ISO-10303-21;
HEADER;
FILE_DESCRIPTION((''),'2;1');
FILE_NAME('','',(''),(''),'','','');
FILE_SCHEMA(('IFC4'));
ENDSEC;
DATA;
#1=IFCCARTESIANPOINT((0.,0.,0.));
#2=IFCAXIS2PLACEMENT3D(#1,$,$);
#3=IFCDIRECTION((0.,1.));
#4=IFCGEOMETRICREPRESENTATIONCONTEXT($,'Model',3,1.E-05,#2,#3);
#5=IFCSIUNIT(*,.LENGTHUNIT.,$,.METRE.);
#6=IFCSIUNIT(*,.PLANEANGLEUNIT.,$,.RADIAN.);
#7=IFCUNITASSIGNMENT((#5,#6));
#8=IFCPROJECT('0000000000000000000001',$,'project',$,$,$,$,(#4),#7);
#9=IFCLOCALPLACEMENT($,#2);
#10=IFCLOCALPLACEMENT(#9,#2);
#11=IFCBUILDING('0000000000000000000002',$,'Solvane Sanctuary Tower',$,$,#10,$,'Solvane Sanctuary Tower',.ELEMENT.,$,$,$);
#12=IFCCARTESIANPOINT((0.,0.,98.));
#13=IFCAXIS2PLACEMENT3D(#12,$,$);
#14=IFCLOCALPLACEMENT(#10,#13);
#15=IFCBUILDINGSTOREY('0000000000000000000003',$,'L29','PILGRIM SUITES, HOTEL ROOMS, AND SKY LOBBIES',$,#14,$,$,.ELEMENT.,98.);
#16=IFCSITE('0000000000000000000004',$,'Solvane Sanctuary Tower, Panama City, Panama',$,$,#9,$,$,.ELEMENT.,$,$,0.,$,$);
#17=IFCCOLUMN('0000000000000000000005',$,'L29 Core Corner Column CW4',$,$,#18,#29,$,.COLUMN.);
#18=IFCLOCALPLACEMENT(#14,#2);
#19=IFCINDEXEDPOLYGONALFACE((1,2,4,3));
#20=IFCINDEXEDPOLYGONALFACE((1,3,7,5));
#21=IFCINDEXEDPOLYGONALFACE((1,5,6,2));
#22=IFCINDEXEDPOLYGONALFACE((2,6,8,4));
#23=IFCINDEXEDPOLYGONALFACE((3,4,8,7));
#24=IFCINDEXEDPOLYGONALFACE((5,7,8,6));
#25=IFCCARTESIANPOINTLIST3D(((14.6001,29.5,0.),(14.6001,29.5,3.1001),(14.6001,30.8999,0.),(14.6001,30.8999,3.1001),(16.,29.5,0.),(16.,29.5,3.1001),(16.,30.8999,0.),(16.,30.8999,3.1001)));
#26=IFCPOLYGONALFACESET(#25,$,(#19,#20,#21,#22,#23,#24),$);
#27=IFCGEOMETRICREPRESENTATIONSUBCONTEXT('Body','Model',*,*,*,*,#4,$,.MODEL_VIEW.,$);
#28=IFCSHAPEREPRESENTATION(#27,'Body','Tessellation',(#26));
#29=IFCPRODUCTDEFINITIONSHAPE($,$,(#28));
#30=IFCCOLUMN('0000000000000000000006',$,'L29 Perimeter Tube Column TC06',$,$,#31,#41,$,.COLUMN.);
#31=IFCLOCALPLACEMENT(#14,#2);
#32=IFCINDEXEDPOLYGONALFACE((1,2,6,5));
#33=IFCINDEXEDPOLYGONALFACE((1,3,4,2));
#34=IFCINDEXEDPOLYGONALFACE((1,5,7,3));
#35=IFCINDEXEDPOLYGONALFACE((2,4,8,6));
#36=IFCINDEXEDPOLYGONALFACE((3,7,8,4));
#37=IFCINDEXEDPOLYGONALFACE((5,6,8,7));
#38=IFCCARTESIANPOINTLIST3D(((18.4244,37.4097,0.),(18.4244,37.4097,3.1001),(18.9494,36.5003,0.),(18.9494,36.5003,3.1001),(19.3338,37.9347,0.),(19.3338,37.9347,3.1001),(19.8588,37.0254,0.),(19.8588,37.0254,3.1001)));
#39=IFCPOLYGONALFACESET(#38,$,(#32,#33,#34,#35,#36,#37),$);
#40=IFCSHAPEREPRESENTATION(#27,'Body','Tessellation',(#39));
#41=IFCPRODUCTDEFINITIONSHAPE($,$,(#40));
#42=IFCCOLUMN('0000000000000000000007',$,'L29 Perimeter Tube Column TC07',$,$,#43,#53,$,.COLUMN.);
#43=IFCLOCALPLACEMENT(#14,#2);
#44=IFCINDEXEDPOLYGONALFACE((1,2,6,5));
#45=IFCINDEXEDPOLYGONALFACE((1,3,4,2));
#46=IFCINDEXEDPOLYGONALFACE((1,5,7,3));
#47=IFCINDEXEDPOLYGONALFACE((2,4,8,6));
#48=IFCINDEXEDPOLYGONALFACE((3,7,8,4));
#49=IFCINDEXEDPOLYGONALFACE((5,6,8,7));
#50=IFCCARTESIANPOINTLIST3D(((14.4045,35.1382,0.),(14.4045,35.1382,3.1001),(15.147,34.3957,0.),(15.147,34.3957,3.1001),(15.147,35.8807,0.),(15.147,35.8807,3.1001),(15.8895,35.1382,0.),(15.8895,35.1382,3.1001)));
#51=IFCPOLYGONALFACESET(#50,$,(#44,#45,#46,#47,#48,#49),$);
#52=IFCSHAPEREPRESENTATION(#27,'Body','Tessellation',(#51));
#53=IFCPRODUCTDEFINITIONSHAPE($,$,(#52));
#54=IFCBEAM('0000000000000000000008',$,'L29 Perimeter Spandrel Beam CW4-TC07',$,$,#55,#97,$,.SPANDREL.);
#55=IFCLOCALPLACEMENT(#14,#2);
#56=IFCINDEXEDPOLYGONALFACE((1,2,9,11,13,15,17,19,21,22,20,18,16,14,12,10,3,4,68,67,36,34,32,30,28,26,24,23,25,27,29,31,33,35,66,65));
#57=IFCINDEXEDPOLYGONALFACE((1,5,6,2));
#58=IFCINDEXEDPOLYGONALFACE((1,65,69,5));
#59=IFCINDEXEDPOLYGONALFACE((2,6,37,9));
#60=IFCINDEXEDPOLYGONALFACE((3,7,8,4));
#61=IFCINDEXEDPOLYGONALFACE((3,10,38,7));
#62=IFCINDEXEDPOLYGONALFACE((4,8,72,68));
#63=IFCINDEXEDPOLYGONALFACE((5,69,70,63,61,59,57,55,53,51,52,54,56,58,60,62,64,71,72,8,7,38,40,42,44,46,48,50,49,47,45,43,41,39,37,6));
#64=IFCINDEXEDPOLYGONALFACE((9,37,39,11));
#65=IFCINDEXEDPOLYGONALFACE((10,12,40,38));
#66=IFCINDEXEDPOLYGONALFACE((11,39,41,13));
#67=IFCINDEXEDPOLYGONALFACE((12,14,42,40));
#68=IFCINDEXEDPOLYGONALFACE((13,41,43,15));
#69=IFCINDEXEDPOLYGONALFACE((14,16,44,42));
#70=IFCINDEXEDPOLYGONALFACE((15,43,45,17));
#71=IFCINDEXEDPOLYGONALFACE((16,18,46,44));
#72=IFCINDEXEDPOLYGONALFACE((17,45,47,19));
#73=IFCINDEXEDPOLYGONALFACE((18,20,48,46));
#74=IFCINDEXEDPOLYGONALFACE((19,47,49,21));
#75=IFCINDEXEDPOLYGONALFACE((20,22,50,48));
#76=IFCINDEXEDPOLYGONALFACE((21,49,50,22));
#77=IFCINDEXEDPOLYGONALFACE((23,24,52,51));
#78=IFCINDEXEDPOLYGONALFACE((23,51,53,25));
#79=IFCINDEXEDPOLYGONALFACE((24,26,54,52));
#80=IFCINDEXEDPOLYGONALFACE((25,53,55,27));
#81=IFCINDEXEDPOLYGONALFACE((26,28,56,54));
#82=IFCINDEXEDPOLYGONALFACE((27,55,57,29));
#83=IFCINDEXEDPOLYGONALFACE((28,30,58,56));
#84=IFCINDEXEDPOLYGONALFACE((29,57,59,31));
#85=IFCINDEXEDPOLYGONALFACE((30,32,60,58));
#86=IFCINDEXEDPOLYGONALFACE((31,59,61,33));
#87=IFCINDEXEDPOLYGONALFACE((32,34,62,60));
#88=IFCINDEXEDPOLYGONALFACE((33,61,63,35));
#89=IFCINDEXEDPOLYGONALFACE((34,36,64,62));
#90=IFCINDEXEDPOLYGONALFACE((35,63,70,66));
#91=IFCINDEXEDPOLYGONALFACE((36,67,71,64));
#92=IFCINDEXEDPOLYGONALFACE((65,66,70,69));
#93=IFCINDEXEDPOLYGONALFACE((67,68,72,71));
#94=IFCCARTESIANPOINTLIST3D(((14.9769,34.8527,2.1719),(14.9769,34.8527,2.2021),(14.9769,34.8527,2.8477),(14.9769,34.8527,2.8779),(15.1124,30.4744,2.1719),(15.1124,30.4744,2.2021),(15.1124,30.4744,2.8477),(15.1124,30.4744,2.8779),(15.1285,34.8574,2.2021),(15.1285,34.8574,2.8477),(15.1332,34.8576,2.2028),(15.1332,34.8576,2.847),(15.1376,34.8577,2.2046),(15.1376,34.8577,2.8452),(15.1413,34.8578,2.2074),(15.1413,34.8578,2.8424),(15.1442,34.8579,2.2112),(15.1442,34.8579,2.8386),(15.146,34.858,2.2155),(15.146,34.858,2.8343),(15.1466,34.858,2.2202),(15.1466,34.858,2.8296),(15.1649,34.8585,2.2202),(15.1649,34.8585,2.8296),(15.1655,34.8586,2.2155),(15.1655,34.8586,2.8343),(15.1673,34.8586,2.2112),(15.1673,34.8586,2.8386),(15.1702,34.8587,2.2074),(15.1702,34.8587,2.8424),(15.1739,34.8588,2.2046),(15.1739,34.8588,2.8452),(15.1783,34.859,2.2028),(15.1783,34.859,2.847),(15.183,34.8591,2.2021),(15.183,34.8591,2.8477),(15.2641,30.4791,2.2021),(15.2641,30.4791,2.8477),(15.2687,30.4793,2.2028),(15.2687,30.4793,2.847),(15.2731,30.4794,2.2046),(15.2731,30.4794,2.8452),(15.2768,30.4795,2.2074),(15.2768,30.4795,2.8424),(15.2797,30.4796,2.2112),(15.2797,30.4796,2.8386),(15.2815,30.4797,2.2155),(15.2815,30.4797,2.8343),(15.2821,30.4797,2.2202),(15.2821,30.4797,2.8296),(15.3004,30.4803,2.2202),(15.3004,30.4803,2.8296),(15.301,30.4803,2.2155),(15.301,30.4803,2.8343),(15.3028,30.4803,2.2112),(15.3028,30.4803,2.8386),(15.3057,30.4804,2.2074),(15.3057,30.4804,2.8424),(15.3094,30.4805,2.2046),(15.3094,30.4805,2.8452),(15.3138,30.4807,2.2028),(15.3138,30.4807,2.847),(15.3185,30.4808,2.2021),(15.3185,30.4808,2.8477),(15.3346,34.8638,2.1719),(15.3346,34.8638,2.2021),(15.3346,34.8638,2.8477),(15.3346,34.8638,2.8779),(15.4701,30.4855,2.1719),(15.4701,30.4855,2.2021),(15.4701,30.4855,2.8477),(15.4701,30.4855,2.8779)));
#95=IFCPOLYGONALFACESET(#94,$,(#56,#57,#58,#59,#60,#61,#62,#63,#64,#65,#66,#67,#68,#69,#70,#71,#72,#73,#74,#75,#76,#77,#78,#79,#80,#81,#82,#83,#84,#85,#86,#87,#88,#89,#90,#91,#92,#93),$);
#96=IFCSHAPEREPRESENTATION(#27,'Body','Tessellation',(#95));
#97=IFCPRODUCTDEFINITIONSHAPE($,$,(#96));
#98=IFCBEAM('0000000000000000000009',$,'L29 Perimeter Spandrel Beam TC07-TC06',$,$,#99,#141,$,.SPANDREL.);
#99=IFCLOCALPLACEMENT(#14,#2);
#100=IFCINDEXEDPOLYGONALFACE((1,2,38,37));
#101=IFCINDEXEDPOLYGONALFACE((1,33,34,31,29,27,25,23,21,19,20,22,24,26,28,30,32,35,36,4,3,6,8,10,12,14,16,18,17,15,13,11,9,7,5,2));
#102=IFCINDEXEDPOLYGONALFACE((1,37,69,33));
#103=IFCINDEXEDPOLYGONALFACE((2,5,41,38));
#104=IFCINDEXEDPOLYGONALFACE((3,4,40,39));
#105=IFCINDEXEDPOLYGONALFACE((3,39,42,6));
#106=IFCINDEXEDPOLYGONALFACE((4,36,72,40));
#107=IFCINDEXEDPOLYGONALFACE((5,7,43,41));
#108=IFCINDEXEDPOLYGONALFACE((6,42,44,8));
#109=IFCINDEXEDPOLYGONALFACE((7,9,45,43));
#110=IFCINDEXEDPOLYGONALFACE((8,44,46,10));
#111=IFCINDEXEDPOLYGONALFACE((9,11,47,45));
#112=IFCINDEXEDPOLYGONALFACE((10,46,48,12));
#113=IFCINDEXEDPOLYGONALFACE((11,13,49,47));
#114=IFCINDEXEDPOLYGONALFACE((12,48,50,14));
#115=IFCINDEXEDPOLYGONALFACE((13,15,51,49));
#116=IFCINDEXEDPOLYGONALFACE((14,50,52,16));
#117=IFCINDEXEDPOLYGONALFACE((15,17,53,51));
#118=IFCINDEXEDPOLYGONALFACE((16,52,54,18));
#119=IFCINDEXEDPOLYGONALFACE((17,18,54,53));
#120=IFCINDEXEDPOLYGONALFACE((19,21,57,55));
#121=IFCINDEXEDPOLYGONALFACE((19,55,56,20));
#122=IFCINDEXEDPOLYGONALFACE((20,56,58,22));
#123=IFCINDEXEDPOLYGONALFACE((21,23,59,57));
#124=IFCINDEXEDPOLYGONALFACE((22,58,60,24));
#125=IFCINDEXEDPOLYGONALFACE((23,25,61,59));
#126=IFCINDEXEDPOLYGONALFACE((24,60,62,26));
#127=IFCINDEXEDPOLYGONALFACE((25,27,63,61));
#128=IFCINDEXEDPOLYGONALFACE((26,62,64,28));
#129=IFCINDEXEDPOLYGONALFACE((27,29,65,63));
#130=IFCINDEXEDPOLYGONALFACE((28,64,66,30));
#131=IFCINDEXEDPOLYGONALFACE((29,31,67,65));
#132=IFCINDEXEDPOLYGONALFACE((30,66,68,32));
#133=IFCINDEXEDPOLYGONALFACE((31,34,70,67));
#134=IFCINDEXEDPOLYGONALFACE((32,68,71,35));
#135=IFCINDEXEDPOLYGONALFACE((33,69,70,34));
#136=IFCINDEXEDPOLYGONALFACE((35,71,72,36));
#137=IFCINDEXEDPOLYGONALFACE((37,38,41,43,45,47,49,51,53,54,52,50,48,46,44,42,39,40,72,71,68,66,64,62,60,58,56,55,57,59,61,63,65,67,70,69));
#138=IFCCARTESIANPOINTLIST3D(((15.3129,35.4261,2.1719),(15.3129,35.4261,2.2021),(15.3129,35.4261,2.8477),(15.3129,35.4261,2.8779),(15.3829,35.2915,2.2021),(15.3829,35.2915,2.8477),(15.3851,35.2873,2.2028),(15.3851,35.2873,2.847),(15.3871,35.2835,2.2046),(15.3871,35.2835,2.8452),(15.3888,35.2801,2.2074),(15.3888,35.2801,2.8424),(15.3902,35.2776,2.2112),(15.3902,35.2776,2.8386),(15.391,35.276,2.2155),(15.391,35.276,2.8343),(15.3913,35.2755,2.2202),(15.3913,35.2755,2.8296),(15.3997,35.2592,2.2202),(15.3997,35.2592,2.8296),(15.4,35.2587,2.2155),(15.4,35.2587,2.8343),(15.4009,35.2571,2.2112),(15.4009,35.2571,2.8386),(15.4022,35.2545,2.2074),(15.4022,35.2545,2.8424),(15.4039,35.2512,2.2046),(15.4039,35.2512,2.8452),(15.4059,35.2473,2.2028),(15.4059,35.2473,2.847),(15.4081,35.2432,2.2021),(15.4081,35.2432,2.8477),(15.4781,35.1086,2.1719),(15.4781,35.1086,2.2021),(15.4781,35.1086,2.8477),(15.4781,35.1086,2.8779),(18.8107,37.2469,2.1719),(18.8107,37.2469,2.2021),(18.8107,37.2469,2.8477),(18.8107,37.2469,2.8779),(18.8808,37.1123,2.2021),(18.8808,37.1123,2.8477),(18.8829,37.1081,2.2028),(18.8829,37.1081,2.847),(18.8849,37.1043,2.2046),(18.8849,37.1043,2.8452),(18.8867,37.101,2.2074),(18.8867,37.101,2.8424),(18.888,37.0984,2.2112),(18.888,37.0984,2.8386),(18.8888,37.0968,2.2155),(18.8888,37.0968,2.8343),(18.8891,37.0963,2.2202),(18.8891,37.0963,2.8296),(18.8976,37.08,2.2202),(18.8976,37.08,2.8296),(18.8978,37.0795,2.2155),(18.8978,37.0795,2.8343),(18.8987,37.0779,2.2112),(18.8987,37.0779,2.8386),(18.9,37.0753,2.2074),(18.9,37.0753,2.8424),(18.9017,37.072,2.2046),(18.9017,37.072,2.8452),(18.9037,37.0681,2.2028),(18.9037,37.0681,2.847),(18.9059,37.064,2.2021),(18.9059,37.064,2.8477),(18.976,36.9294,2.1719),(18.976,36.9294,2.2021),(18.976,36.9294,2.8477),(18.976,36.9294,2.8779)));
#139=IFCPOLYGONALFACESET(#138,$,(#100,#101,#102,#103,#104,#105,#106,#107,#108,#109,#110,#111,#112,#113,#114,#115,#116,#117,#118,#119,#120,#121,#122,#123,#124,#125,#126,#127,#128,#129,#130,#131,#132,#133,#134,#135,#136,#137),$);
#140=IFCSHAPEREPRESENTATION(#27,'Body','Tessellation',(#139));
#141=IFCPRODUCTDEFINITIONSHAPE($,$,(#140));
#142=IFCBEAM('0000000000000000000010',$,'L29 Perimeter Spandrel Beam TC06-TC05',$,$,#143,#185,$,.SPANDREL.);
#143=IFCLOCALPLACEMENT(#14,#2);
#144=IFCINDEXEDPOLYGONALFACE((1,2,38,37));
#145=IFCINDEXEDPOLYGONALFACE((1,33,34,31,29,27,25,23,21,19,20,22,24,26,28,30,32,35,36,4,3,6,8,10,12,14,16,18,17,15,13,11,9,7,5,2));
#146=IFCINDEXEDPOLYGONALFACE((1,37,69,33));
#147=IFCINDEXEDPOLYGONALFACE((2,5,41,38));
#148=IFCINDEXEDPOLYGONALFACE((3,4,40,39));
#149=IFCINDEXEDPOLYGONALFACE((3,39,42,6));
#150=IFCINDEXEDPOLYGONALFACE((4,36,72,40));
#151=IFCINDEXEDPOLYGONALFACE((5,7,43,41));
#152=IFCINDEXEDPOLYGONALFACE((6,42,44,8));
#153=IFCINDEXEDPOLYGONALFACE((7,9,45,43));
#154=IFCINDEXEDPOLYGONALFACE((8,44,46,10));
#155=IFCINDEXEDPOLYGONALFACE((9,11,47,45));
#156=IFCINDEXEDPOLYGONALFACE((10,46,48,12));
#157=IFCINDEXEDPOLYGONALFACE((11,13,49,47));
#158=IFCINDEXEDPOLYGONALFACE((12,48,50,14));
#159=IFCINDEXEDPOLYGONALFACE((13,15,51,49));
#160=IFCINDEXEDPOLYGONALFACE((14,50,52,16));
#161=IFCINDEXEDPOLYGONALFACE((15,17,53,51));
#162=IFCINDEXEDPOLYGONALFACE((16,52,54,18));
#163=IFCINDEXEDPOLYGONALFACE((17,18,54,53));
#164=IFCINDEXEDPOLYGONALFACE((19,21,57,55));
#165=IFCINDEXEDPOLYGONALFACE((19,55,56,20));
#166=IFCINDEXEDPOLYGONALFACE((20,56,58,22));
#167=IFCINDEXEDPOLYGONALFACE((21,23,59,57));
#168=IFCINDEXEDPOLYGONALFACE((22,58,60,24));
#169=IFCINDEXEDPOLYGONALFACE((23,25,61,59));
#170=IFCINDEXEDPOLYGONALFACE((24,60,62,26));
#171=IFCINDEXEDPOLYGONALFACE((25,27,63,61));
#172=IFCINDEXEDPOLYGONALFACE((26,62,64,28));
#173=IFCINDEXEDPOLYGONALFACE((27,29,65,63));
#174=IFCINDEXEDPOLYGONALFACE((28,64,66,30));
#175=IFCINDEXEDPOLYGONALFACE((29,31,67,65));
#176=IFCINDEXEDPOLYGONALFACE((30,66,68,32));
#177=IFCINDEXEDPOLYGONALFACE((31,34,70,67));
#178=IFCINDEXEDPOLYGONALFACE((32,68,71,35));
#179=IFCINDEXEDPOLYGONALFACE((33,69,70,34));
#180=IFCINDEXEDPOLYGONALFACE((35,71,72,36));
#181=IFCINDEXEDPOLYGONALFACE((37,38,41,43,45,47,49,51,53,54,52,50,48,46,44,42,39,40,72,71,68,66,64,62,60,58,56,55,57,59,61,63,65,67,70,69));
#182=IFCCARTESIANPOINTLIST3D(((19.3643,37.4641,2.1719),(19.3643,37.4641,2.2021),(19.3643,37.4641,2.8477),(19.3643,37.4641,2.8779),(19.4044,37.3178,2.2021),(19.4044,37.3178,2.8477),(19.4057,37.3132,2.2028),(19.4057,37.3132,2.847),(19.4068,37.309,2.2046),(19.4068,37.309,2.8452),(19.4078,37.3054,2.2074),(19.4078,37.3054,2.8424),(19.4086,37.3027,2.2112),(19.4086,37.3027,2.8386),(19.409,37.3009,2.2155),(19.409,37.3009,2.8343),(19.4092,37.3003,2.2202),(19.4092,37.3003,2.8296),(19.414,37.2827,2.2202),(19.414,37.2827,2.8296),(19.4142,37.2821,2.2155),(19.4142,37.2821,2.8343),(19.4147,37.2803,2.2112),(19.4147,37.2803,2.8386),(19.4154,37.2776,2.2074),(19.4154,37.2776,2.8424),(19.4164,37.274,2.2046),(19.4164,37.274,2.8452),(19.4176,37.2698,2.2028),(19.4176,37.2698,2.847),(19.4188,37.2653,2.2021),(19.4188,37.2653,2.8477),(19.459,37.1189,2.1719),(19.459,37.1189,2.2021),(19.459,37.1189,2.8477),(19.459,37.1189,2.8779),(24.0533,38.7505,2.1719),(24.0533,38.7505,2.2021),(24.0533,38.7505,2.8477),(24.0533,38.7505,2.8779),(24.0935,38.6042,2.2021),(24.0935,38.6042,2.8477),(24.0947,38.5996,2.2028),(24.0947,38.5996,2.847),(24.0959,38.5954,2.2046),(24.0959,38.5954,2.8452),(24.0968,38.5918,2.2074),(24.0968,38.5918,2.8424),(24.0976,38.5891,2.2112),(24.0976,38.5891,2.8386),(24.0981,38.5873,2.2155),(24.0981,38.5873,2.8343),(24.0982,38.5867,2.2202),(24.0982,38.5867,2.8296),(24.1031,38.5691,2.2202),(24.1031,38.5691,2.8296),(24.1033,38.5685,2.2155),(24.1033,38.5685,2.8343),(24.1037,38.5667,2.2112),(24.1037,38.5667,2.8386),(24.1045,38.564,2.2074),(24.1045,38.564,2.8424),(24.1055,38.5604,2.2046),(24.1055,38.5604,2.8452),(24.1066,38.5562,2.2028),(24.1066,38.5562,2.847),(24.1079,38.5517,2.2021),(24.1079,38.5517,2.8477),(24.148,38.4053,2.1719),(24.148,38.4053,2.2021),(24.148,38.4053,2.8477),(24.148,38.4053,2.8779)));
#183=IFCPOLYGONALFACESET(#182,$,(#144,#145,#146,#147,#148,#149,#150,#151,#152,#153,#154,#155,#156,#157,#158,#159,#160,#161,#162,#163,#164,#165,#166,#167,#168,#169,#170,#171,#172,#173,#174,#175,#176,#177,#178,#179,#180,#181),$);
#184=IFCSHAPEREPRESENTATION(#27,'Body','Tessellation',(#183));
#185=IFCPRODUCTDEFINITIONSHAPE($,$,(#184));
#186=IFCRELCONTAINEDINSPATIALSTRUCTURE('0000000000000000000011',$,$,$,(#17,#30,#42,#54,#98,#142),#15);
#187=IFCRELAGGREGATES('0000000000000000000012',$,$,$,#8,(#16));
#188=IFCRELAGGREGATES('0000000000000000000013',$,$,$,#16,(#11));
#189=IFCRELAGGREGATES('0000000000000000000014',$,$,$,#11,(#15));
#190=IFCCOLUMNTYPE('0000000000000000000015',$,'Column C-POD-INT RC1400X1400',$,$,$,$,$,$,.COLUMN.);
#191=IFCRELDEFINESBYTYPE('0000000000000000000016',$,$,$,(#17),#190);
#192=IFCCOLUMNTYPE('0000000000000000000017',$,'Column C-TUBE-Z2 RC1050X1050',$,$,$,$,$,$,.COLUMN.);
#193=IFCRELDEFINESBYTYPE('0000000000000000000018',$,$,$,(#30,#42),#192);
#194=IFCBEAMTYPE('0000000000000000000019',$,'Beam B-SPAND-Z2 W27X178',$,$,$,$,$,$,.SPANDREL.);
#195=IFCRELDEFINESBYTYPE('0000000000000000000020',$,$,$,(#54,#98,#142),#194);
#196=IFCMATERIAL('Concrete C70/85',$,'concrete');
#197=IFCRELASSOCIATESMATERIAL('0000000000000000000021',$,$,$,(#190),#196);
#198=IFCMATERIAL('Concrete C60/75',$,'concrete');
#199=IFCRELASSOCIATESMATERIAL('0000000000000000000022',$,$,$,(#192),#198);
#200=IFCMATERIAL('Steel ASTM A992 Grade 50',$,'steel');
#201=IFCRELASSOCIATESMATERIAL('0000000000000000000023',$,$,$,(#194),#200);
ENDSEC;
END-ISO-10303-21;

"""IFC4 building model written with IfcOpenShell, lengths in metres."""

from ifc_helpers import new_model, si_unit, direction, frame, origin, origin_2d, place, context, subcontext, project, spatial, rectangle, i_section, extrude, material, material_profile, profile_set, type_object, element, save


model = new_model("IFC4")

# Units and contexts
model_context = context("Model", 3, precision=1e-05, world=origin(), true_north=direction((0.0, 1.0)))
body_context = subcontext(model_context, "Body", "Model", "MODEL_VIEW")
ifc_project = project(units=[si_unit("LENGTHUNIT", "METRE"), si_unit("PLANEANGLEUNIT", "RADIAN")], contexts=[model_context])

# Site, building, storey
site_placement = place(None, origin())
site = spatial("IfcSite", under=ifc_project, at=site_placement, Name="Solvane Sanctuary Tower, Panama City, Panama", CompositionType="ELEMENT", RefElevation=0.0)
building_placement = place(site_placement, origin())
building = spatial("IfcBuilding", under=site, at=building_placement, Name="Solvane Sanctuary Tower", LongName="Solvane Sanctuary Tower", CompositionType="ELEMENT")
storey_placement = place(building_placement, frame((0.0, 0.0, 98.0)))
storey = spatial("IfcBuildingStorey", under=building, at=storey_placement, Name="L29", Description="PILGRIM SUITES, HOTEL ROOMS, AND SKY LOBBIES", CompositionType="ELEMENT", Elevation=98.0)

# Columns
ifc_material_1 = material(Name="Concrete C70/85", Category="concrete")
ifc_material_profile_1 = material_profile(ifc_material_1, rectangle(XDim=1.3999, YDim=1.3999, at=origin_2d()), Name="RC1400X1400")
ifc_profile_set_1 = profile_set([ifc_material_profile_1], Name="Concrete C70/85")
column_type_1 = type_object("IfcColumnType", Name="Column C-POD-INT RC1400X1400", PredefinedType="COLUMN", material=ifc_profile_set_1)
column_placement = place(storey_placement, frame((15.3, 30.2, 0.0), z_axis=(0.0, 0.0, 1.0), x_axis=(1.0, 0.0, 0.0)))
element("IfcColumn", 1, at=column_placement, inside=storey, type_object=column_type_1, Name="L29 Core Corner Column CW4", PredefinedType="COLUMN", context=body_context, shape_type="SweptSolid", body=[
    extrude(rectangle(XDim=1.3999, YDim=1.3999, at=origin_2d()), origin(), (0.0, 0.0, 1.0), 3.1001),
])
ifc_material_2 = material(Name="Concrete C60/75", Category="concrete")
ifc_material_profile_2 = material_profile(ifc_material_2, rectangle(XDim=1.05, YDim=1.05, at=origin_2d()), Name="RC1050X1050")
ifc_profile_set_2 = profile_set([ifc_material_profile_2], Name="Concrete C60/75")
column_type_2 = type_object("IfcColumnType", Name="Column C-TUBE-Z2 RC1050X1050", PredefinedType="COLUMN", material=ifc_profile_set_2)
for number, where, z_axis, x_axis, name in (
    (2, (19.1416, 37.2175, 0.0), (0.0, 0.0, 1.0), (-0.5, 0.866025, 0.0), "L29 Perimeter Tube Column TC06"),
    (3, (15.147, 35.1382, 0.0), (0.0, 0.0, 1.0), (-0.707107, 0.707107, 0.0), "L29 Perimeter Tube Column TC07"),
):
    element("IfcColumn", number, at=place(storey_placement, frame(where, z_axis=z_axis, x_axis=x_axis)), inside=storey, type_object=column_type_2, Name=name, PredefinedType="COLUMN", context=body_context, shape_type="SweptSolid", body=[
        extrude(rectangle(XDim=1.05, YDim=1.05, at=origin_2d()), origin(), (0.0, 0.0, 1.0), 3.1001),
    ])

# Beams
ifc_material_3 = material(Name="Steel ASTM A992 Grade 50", Category="steel")
ifc_material_profile_3 = material_profile(ifc_material_3, i_section(OverallWidth=0.3579, OverallDepth=0.7061, WebThickness=0.0183, FlangeThickness=0.0303, FilletRadius=0.0181, at=origin_2d()), Name="W27X178")
ifc_profile_set_3 = profile_set([ifc_material_profile_3], Name="Steel ASTM A992 Grade 50")
beam_type = type_object("IfcBeamType", Name="Beam B-SPAND-Z2 W27X178", PredefinedType="SPANDREL", material=ifc_profile_set_3)
beam_1_placement = place(storey_placement, frame((15.2913, 30.48, 2.5249), z_axis=(-0.030934, 0.999521, 0.0), x_axis=(-0.999521, -0.030934, 0.0)))
element("IfcBeam", 4, at=beam_1_placement, inside=storey, type_object=beam_type, Name="L29 Perimeter Spandrel Beam CW4-TC07", PredefinedType="SPANDREL", context=body_context, shape_type="SweptSolid", body=[
    extrude(i_section(OverallWidth=0.3579, OverallDepth=0.7061, WebThickness=0.0183, FlangeThickness=0.0303, FilletRadius=0.0181, at=origin_2d()), origin(), (0.0, 0.0, 1.0), 4.3804),
])
beam_2_placement = place(storey_placement, frame((15.3955, 35.2673, 2.5249), z_axis=(0.887015, 0.461741, 0.0), x_axis=(-0.461741, 0.887015, 0.0)))
element("IfcBeam", 5, at=beam_2_placement, inside=storey, type_object=beam_type, Name="L29 Perimeter Spandrel Beam TC07-TC06", PredefinedType="SPANDREL", context=body_context, shape_type="SweptSolid", body=[
    extrude(i_section(OverallWidth=0.3579, OverallDepth=0.7061, WebThickness=0.0183, FlangeThickness=0.0303, FilletRadius=0.0181, at=origin_2d()), origin(), (0.0, 0.0, 1.0), 3.9434),
])
beam_3_placement = place(storey_placement, frame((19.4116, 37.2915, 2.5249), z_axis=(0.964368, 0.264566, 0.0), x_axis=(-0.264566, 0.964368, 0.0)))
element("IfcBeam", 6, at=beam_3_placement, inside=storey, type_object=beam_type, Name="L29 Perimeter Spandrel Beam TC06-TC05", PredefinedType="SPANDREL", context=body_context, shape_type="SweptSolid", body=[
    extrude(i_section(OverallWidth=0.3579, OverallDepth=0.7061, WebThickness=0.0183, FlangeThickness=0.0303, FilletRadius=0.0181, at=origin_2d()), origin(), (0.0, 0.0, 1.0), 4.8623),
])

save(model, "model.ifc")
